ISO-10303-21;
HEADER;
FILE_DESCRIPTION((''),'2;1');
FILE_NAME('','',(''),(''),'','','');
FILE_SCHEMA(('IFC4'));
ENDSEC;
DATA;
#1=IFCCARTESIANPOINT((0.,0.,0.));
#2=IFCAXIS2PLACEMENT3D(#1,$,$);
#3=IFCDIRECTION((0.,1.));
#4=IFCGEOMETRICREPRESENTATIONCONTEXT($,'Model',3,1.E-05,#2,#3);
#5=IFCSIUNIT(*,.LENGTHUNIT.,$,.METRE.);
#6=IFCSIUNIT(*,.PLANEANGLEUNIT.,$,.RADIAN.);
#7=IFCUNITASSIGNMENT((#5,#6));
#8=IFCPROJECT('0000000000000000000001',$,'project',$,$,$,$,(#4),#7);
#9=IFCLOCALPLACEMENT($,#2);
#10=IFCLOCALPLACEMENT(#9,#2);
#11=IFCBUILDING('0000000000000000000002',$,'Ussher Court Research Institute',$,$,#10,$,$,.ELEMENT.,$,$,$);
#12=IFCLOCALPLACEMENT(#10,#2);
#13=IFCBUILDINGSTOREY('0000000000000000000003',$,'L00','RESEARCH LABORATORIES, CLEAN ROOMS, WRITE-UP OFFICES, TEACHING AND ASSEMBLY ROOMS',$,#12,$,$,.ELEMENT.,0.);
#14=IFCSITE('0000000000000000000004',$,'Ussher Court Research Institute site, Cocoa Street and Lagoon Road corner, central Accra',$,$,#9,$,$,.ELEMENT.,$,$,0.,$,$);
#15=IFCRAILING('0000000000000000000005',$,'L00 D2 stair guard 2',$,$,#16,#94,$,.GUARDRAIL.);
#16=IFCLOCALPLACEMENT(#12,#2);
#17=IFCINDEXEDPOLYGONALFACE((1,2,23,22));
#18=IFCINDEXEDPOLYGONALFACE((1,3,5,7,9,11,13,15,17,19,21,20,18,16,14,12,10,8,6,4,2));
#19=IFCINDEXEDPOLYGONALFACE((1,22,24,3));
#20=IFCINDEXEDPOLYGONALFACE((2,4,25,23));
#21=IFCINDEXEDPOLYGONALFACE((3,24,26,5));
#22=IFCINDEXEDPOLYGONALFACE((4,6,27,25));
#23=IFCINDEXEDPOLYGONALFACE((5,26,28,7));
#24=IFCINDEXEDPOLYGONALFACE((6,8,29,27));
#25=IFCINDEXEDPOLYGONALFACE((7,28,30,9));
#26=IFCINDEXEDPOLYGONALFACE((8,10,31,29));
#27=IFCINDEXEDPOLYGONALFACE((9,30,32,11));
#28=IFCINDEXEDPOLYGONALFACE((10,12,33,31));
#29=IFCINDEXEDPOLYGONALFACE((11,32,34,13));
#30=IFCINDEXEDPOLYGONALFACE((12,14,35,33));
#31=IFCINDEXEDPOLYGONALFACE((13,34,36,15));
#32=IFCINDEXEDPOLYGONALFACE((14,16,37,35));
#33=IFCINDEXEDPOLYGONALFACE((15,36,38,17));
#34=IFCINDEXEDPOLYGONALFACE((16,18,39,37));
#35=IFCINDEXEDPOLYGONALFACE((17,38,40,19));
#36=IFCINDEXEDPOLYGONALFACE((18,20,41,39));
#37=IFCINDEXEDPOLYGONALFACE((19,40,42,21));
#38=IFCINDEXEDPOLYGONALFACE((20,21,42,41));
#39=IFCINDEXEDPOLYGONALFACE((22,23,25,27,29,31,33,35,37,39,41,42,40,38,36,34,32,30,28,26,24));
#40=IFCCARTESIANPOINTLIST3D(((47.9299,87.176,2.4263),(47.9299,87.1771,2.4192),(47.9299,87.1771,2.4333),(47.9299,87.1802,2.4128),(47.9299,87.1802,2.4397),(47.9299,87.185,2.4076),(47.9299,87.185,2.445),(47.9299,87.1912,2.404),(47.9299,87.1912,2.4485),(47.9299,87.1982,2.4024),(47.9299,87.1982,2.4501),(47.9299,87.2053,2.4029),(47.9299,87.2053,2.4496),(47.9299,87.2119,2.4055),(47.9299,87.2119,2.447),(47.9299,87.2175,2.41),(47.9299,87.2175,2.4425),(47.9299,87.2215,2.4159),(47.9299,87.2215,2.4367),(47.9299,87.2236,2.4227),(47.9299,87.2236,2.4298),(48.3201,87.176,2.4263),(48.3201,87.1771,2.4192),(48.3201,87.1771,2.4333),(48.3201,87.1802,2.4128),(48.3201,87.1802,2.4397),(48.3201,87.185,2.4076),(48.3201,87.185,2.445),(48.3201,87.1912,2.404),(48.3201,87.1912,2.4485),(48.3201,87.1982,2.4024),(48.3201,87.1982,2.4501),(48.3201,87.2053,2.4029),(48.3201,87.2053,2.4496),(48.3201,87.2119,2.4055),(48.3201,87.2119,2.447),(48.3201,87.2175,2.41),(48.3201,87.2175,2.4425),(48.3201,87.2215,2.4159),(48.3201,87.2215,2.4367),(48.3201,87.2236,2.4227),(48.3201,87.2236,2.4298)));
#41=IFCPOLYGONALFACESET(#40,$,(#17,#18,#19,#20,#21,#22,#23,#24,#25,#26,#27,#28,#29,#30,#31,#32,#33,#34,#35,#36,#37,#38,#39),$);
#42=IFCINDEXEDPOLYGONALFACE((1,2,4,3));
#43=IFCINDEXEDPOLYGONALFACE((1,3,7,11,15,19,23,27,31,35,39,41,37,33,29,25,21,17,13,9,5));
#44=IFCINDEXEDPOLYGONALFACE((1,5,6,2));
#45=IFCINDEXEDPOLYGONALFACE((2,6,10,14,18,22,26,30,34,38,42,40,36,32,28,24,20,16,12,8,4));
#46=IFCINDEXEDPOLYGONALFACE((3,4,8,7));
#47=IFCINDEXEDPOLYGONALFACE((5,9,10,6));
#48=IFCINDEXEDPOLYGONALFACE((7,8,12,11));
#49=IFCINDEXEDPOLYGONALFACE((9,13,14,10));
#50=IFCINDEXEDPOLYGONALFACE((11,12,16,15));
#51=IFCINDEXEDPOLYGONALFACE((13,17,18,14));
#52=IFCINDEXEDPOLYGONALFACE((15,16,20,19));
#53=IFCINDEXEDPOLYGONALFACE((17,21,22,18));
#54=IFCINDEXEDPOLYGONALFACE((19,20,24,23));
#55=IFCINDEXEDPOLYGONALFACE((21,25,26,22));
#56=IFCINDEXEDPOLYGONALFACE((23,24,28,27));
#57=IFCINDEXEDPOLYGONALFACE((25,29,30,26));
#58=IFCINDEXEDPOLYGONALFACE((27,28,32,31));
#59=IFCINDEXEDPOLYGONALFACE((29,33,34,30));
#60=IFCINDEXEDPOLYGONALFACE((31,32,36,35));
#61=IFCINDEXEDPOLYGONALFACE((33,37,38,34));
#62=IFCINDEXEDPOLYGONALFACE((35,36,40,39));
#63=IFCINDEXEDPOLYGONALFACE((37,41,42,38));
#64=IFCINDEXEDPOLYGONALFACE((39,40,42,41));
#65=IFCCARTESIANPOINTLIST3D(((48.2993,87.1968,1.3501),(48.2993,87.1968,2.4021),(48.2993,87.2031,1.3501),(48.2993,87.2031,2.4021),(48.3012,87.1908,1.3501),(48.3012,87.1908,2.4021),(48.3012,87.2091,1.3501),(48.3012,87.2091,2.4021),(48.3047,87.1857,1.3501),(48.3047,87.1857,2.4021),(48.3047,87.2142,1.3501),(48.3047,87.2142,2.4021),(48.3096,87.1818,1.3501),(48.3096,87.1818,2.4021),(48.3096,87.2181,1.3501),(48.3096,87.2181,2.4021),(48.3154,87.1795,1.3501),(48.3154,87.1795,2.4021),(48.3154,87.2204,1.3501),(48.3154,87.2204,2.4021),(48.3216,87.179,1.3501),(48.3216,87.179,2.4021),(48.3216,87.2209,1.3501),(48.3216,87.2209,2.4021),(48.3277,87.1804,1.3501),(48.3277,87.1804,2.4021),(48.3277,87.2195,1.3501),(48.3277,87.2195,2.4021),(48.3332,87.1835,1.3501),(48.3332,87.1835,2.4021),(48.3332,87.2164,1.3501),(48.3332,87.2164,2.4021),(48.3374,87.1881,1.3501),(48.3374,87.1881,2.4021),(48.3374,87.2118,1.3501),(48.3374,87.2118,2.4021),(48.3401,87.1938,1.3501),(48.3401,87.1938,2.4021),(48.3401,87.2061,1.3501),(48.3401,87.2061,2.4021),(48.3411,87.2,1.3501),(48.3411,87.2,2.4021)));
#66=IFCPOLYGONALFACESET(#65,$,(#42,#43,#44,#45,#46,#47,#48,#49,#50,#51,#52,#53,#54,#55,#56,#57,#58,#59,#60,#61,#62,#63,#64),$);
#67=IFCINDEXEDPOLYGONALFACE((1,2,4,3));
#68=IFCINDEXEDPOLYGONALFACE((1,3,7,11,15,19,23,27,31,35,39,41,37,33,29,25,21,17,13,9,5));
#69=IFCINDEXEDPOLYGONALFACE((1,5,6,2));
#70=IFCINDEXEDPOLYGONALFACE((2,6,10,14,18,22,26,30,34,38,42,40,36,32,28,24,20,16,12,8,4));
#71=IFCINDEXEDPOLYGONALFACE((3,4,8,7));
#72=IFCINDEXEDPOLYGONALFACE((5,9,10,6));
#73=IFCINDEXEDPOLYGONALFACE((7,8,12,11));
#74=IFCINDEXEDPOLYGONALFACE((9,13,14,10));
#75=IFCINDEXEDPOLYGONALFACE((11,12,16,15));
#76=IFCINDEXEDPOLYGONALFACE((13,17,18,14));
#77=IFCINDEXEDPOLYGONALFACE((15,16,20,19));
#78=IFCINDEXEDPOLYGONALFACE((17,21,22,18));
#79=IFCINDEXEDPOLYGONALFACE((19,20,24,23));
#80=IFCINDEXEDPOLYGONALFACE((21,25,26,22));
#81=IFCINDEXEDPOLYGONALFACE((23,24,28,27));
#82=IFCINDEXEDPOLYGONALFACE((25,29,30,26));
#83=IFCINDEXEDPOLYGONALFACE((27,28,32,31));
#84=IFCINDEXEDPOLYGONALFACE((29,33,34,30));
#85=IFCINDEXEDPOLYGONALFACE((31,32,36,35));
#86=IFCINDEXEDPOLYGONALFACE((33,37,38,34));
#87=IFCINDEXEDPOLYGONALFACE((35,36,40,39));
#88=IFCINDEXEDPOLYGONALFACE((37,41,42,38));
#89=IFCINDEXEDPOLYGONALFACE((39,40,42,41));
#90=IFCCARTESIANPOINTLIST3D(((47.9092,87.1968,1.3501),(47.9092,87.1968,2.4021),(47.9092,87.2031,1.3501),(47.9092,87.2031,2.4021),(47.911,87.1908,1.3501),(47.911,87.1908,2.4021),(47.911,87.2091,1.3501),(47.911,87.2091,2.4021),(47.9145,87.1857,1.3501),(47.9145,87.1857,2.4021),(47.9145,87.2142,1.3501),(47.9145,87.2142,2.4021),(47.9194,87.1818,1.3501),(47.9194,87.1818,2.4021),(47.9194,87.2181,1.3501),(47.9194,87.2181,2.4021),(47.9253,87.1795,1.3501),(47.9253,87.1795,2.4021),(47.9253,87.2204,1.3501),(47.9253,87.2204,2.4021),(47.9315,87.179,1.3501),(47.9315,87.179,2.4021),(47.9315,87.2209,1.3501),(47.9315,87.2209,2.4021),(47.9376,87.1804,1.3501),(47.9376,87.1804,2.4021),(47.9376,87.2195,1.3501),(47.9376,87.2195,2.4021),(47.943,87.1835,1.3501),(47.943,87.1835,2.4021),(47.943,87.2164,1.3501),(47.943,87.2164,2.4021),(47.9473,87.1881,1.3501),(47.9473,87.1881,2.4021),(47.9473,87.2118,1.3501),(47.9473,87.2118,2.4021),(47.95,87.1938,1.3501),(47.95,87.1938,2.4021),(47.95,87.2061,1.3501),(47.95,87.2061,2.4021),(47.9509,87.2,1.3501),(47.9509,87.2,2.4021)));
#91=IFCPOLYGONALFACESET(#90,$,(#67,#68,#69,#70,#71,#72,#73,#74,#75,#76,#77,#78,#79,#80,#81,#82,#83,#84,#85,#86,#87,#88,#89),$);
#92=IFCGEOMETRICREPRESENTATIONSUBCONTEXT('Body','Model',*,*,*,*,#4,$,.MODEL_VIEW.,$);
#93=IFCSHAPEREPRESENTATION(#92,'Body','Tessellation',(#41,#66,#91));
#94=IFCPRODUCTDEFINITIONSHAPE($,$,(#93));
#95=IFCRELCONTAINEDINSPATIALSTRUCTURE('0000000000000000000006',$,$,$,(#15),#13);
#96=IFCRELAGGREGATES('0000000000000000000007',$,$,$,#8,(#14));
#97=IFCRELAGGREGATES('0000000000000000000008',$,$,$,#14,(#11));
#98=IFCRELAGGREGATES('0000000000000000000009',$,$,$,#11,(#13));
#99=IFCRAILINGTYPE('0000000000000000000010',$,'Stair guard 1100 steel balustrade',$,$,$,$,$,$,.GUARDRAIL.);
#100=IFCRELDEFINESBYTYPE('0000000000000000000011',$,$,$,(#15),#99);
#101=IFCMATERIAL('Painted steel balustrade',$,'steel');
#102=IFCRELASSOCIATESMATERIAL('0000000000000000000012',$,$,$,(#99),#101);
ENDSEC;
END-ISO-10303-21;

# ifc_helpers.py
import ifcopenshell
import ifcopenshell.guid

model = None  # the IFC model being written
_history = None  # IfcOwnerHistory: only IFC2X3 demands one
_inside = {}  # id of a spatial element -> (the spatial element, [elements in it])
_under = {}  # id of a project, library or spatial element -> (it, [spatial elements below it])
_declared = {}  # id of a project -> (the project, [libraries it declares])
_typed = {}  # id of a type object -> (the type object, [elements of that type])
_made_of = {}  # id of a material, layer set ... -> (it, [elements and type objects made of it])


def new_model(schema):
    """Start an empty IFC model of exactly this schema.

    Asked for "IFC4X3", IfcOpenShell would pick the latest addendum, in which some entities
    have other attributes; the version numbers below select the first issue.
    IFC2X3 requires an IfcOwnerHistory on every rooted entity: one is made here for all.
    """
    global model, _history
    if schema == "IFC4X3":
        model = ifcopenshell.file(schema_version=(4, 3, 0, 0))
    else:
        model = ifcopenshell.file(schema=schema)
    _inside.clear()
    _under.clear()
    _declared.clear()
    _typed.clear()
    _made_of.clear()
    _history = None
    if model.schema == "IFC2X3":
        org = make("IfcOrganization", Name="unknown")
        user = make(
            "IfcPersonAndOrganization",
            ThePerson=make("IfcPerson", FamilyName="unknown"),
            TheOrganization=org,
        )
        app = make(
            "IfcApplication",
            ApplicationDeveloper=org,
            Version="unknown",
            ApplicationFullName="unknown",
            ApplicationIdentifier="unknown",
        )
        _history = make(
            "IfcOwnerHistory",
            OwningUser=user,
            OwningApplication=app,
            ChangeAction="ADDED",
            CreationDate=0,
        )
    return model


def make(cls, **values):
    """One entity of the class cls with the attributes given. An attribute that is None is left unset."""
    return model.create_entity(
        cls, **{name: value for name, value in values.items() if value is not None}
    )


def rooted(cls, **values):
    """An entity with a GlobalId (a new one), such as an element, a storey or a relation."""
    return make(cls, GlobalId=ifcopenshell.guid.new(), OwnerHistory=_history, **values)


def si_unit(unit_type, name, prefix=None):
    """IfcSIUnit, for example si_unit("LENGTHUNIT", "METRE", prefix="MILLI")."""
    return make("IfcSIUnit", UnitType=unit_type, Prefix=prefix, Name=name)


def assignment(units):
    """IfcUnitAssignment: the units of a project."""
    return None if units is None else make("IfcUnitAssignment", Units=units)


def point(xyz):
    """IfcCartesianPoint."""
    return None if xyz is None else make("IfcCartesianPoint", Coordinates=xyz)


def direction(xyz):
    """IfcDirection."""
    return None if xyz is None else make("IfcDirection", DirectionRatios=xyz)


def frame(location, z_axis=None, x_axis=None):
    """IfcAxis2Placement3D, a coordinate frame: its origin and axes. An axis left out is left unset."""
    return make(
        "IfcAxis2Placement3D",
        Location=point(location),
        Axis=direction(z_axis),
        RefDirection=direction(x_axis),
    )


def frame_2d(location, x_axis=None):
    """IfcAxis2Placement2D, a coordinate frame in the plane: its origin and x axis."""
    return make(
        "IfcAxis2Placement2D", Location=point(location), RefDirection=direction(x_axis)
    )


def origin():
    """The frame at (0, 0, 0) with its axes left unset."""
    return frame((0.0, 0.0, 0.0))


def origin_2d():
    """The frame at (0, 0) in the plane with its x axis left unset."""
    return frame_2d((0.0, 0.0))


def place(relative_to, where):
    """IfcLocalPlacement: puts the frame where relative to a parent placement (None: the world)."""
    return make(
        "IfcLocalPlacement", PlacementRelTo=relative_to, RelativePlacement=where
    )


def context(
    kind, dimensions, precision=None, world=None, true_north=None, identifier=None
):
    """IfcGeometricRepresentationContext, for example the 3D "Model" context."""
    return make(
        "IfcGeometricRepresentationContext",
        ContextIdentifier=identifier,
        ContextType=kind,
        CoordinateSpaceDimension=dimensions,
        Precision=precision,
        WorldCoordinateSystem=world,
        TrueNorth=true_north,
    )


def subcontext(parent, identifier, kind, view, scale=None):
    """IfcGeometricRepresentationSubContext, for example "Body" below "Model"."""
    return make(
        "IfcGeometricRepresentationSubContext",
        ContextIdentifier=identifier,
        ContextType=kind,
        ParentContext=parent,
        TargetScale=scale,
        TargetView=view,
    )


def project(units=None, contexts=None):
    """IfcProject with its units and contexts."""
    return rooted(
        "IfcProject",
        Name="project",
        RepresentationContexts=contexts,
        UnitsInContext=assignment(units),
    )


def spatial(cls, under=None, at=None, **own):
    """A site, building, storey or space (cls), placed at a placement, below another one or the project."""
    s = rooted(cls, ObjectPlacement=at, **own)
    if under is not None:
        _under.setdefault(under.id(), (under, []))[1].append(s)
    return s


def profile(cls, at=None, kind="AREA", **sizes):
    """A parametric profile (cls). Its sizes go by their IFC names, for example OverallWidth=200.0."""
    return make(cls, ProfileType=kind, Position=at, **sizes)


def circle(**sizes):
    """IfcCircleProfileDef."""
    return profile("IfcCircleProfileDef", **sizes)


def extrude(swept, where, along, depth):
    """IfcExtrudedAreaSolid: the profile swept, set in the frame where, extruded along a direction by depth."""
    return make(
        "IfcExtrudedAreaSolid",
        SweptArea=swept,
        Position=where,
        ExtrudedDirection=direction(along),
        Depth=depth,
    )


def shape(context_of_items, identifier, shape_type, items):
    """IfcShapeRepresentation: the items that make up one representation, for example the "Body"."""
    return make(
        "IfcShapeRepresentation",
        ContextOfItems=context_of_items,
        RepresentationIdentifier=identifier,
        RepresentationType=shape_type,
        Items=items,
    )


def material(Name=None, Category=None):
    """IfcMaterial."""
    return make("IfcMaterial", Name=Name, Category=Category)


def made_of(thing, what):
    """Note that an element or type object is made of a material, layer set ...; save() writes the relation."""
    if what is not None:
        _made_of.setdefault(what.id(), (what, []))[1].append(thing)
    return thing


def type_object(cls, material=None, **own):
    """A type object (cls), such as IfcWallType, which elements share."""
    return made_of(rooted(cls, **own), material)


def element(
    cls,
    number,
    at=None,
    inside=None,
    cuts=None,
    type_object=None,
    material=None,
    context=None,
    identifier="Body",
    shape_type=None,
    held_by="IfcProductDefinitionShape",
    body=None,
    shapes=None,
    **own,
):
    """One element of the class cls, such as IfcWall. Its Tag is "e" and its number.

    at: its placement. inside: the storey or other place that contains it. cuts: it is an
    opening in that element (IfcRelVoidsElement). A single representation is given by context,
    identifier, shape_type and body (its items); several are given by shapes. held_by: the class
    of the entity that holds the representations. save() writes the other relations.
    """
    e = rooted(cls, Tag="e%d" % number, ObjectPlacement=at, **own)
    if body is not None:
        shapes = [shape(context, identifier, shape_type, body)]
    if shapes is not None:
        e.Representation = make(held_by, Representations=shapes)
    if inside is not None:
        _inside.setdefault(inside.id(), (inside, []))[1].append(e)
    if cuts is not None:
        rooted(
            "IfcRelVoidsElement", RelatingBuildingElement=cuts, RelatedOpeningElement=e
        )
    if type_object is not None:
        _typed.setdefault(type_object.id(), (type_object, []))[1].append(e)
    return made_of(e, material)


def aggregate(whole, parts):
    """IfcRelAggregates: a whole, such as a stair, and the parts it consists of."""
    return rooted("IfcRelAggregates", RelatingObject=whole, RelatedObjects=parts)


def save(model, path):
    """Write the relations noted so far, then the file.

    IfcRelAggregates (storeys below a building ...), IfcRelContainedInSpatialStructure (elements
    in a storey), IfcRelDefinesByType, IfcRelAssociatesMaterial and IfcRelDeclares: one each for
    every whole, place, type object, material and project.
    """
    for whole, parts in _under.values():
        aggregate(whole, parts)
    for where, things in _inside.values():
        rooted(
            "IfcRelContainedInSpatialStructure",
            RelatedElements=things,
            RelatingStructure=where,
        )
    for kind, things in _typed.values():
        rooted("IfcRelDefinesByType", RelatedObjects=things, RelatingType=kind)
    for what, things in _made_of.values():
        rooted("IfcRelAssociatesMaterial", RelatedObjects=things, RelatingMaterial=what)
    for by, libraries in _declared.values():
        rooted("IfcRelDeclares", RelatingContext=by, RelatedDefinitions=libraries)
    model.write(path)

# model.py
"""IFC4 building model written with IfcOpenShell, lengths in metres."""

from ifc_helpers import new_model, si_unit, direction, frame, origin, origin_2d, place, context, subcontext, project, spatial, circle, extrude, material, type_object, element, save


model = new_model("IFC4")

# Units and contexts
model_context = context("Model", 3, precision=1e-05, world=origin(), true_north=direction((0.0, 1.0)))
body_context = subcontext(model_context, "Body", "Model", "MODEL_VIEW")
ifc_project = project(units=[si_unit("LENGTHUNIT", "METRE"), si_unit("PLANEANGLEUNIT", "RADIAN")], contexts=[model_context])

# Site, building, storey
site_placement = place(None, origin())
site = spatial("IfcSite", under=ifc_project, at=site_placement, Name="Ussher Court Research Institute site, Cocoa Street and Lagoon Road corner, central Accra", CompositionType="ELEMENT", RefElevation=0.0)
building_placement = place(site_placement, origin())
building = spatial("IfcBuilding", under=site, at=building_placement, Name="Ussher Court Research Institute", CompositionType="ELEMENT")
storey_placement = place(building_placement, origin())
storey = spatial("IfcBuildingStorey", under=building, at=storey_placement, Name="L00", Description="RESEARCH LABORATORIES, CLEAN ROOMS, WRITE-UP OFFICES, TEACHING AND ASSEMBLY ROOMS", CompositionType="ELEMENT", Elevation=0.0)

# Railing
ifc_material_1 = material(Name="Painted steel balustrade", Category="steel")
railing_type_1 = type_object("IfcRailingType", Name="Stair guard 1100 steel balustrade", PredefinedType="GUARDRAIL", material=ifc_material_1)
railing_1_placement = place(storey_placement, frame((48.3201, 87.2, 1.3501)))
element("IfcRailing", 1, at=railing_1_placement, inside=storey, type_object=railing_type_1, Name="L00 D2 stair guard 2", PredefinedType="GUARDRAIL", context=body_context, shape_type="SweptSolid", body=[
    extrude(circle(Radius=0.0239, at=origin_2d()), frame((0.0, 0.0, 1.0762), z_axis=(-1.0, 0.0, 0.0), x_axis=(0.0, -1.0, 0.0)), (0.0, 0.0, 1.0), 0.3901),
    extrude(circle(Radius=0.021, at=origin_2d()), origin(), (0.0, 0.0, 1.0), 1.052),
    extrude(circle(Radius=0.021, at=origin_2d()), frame((-0.3901, 0.0, 0.0)), (0.0, 0.0, 1.0), 1.052),
])

save(model, "model.ifc")
